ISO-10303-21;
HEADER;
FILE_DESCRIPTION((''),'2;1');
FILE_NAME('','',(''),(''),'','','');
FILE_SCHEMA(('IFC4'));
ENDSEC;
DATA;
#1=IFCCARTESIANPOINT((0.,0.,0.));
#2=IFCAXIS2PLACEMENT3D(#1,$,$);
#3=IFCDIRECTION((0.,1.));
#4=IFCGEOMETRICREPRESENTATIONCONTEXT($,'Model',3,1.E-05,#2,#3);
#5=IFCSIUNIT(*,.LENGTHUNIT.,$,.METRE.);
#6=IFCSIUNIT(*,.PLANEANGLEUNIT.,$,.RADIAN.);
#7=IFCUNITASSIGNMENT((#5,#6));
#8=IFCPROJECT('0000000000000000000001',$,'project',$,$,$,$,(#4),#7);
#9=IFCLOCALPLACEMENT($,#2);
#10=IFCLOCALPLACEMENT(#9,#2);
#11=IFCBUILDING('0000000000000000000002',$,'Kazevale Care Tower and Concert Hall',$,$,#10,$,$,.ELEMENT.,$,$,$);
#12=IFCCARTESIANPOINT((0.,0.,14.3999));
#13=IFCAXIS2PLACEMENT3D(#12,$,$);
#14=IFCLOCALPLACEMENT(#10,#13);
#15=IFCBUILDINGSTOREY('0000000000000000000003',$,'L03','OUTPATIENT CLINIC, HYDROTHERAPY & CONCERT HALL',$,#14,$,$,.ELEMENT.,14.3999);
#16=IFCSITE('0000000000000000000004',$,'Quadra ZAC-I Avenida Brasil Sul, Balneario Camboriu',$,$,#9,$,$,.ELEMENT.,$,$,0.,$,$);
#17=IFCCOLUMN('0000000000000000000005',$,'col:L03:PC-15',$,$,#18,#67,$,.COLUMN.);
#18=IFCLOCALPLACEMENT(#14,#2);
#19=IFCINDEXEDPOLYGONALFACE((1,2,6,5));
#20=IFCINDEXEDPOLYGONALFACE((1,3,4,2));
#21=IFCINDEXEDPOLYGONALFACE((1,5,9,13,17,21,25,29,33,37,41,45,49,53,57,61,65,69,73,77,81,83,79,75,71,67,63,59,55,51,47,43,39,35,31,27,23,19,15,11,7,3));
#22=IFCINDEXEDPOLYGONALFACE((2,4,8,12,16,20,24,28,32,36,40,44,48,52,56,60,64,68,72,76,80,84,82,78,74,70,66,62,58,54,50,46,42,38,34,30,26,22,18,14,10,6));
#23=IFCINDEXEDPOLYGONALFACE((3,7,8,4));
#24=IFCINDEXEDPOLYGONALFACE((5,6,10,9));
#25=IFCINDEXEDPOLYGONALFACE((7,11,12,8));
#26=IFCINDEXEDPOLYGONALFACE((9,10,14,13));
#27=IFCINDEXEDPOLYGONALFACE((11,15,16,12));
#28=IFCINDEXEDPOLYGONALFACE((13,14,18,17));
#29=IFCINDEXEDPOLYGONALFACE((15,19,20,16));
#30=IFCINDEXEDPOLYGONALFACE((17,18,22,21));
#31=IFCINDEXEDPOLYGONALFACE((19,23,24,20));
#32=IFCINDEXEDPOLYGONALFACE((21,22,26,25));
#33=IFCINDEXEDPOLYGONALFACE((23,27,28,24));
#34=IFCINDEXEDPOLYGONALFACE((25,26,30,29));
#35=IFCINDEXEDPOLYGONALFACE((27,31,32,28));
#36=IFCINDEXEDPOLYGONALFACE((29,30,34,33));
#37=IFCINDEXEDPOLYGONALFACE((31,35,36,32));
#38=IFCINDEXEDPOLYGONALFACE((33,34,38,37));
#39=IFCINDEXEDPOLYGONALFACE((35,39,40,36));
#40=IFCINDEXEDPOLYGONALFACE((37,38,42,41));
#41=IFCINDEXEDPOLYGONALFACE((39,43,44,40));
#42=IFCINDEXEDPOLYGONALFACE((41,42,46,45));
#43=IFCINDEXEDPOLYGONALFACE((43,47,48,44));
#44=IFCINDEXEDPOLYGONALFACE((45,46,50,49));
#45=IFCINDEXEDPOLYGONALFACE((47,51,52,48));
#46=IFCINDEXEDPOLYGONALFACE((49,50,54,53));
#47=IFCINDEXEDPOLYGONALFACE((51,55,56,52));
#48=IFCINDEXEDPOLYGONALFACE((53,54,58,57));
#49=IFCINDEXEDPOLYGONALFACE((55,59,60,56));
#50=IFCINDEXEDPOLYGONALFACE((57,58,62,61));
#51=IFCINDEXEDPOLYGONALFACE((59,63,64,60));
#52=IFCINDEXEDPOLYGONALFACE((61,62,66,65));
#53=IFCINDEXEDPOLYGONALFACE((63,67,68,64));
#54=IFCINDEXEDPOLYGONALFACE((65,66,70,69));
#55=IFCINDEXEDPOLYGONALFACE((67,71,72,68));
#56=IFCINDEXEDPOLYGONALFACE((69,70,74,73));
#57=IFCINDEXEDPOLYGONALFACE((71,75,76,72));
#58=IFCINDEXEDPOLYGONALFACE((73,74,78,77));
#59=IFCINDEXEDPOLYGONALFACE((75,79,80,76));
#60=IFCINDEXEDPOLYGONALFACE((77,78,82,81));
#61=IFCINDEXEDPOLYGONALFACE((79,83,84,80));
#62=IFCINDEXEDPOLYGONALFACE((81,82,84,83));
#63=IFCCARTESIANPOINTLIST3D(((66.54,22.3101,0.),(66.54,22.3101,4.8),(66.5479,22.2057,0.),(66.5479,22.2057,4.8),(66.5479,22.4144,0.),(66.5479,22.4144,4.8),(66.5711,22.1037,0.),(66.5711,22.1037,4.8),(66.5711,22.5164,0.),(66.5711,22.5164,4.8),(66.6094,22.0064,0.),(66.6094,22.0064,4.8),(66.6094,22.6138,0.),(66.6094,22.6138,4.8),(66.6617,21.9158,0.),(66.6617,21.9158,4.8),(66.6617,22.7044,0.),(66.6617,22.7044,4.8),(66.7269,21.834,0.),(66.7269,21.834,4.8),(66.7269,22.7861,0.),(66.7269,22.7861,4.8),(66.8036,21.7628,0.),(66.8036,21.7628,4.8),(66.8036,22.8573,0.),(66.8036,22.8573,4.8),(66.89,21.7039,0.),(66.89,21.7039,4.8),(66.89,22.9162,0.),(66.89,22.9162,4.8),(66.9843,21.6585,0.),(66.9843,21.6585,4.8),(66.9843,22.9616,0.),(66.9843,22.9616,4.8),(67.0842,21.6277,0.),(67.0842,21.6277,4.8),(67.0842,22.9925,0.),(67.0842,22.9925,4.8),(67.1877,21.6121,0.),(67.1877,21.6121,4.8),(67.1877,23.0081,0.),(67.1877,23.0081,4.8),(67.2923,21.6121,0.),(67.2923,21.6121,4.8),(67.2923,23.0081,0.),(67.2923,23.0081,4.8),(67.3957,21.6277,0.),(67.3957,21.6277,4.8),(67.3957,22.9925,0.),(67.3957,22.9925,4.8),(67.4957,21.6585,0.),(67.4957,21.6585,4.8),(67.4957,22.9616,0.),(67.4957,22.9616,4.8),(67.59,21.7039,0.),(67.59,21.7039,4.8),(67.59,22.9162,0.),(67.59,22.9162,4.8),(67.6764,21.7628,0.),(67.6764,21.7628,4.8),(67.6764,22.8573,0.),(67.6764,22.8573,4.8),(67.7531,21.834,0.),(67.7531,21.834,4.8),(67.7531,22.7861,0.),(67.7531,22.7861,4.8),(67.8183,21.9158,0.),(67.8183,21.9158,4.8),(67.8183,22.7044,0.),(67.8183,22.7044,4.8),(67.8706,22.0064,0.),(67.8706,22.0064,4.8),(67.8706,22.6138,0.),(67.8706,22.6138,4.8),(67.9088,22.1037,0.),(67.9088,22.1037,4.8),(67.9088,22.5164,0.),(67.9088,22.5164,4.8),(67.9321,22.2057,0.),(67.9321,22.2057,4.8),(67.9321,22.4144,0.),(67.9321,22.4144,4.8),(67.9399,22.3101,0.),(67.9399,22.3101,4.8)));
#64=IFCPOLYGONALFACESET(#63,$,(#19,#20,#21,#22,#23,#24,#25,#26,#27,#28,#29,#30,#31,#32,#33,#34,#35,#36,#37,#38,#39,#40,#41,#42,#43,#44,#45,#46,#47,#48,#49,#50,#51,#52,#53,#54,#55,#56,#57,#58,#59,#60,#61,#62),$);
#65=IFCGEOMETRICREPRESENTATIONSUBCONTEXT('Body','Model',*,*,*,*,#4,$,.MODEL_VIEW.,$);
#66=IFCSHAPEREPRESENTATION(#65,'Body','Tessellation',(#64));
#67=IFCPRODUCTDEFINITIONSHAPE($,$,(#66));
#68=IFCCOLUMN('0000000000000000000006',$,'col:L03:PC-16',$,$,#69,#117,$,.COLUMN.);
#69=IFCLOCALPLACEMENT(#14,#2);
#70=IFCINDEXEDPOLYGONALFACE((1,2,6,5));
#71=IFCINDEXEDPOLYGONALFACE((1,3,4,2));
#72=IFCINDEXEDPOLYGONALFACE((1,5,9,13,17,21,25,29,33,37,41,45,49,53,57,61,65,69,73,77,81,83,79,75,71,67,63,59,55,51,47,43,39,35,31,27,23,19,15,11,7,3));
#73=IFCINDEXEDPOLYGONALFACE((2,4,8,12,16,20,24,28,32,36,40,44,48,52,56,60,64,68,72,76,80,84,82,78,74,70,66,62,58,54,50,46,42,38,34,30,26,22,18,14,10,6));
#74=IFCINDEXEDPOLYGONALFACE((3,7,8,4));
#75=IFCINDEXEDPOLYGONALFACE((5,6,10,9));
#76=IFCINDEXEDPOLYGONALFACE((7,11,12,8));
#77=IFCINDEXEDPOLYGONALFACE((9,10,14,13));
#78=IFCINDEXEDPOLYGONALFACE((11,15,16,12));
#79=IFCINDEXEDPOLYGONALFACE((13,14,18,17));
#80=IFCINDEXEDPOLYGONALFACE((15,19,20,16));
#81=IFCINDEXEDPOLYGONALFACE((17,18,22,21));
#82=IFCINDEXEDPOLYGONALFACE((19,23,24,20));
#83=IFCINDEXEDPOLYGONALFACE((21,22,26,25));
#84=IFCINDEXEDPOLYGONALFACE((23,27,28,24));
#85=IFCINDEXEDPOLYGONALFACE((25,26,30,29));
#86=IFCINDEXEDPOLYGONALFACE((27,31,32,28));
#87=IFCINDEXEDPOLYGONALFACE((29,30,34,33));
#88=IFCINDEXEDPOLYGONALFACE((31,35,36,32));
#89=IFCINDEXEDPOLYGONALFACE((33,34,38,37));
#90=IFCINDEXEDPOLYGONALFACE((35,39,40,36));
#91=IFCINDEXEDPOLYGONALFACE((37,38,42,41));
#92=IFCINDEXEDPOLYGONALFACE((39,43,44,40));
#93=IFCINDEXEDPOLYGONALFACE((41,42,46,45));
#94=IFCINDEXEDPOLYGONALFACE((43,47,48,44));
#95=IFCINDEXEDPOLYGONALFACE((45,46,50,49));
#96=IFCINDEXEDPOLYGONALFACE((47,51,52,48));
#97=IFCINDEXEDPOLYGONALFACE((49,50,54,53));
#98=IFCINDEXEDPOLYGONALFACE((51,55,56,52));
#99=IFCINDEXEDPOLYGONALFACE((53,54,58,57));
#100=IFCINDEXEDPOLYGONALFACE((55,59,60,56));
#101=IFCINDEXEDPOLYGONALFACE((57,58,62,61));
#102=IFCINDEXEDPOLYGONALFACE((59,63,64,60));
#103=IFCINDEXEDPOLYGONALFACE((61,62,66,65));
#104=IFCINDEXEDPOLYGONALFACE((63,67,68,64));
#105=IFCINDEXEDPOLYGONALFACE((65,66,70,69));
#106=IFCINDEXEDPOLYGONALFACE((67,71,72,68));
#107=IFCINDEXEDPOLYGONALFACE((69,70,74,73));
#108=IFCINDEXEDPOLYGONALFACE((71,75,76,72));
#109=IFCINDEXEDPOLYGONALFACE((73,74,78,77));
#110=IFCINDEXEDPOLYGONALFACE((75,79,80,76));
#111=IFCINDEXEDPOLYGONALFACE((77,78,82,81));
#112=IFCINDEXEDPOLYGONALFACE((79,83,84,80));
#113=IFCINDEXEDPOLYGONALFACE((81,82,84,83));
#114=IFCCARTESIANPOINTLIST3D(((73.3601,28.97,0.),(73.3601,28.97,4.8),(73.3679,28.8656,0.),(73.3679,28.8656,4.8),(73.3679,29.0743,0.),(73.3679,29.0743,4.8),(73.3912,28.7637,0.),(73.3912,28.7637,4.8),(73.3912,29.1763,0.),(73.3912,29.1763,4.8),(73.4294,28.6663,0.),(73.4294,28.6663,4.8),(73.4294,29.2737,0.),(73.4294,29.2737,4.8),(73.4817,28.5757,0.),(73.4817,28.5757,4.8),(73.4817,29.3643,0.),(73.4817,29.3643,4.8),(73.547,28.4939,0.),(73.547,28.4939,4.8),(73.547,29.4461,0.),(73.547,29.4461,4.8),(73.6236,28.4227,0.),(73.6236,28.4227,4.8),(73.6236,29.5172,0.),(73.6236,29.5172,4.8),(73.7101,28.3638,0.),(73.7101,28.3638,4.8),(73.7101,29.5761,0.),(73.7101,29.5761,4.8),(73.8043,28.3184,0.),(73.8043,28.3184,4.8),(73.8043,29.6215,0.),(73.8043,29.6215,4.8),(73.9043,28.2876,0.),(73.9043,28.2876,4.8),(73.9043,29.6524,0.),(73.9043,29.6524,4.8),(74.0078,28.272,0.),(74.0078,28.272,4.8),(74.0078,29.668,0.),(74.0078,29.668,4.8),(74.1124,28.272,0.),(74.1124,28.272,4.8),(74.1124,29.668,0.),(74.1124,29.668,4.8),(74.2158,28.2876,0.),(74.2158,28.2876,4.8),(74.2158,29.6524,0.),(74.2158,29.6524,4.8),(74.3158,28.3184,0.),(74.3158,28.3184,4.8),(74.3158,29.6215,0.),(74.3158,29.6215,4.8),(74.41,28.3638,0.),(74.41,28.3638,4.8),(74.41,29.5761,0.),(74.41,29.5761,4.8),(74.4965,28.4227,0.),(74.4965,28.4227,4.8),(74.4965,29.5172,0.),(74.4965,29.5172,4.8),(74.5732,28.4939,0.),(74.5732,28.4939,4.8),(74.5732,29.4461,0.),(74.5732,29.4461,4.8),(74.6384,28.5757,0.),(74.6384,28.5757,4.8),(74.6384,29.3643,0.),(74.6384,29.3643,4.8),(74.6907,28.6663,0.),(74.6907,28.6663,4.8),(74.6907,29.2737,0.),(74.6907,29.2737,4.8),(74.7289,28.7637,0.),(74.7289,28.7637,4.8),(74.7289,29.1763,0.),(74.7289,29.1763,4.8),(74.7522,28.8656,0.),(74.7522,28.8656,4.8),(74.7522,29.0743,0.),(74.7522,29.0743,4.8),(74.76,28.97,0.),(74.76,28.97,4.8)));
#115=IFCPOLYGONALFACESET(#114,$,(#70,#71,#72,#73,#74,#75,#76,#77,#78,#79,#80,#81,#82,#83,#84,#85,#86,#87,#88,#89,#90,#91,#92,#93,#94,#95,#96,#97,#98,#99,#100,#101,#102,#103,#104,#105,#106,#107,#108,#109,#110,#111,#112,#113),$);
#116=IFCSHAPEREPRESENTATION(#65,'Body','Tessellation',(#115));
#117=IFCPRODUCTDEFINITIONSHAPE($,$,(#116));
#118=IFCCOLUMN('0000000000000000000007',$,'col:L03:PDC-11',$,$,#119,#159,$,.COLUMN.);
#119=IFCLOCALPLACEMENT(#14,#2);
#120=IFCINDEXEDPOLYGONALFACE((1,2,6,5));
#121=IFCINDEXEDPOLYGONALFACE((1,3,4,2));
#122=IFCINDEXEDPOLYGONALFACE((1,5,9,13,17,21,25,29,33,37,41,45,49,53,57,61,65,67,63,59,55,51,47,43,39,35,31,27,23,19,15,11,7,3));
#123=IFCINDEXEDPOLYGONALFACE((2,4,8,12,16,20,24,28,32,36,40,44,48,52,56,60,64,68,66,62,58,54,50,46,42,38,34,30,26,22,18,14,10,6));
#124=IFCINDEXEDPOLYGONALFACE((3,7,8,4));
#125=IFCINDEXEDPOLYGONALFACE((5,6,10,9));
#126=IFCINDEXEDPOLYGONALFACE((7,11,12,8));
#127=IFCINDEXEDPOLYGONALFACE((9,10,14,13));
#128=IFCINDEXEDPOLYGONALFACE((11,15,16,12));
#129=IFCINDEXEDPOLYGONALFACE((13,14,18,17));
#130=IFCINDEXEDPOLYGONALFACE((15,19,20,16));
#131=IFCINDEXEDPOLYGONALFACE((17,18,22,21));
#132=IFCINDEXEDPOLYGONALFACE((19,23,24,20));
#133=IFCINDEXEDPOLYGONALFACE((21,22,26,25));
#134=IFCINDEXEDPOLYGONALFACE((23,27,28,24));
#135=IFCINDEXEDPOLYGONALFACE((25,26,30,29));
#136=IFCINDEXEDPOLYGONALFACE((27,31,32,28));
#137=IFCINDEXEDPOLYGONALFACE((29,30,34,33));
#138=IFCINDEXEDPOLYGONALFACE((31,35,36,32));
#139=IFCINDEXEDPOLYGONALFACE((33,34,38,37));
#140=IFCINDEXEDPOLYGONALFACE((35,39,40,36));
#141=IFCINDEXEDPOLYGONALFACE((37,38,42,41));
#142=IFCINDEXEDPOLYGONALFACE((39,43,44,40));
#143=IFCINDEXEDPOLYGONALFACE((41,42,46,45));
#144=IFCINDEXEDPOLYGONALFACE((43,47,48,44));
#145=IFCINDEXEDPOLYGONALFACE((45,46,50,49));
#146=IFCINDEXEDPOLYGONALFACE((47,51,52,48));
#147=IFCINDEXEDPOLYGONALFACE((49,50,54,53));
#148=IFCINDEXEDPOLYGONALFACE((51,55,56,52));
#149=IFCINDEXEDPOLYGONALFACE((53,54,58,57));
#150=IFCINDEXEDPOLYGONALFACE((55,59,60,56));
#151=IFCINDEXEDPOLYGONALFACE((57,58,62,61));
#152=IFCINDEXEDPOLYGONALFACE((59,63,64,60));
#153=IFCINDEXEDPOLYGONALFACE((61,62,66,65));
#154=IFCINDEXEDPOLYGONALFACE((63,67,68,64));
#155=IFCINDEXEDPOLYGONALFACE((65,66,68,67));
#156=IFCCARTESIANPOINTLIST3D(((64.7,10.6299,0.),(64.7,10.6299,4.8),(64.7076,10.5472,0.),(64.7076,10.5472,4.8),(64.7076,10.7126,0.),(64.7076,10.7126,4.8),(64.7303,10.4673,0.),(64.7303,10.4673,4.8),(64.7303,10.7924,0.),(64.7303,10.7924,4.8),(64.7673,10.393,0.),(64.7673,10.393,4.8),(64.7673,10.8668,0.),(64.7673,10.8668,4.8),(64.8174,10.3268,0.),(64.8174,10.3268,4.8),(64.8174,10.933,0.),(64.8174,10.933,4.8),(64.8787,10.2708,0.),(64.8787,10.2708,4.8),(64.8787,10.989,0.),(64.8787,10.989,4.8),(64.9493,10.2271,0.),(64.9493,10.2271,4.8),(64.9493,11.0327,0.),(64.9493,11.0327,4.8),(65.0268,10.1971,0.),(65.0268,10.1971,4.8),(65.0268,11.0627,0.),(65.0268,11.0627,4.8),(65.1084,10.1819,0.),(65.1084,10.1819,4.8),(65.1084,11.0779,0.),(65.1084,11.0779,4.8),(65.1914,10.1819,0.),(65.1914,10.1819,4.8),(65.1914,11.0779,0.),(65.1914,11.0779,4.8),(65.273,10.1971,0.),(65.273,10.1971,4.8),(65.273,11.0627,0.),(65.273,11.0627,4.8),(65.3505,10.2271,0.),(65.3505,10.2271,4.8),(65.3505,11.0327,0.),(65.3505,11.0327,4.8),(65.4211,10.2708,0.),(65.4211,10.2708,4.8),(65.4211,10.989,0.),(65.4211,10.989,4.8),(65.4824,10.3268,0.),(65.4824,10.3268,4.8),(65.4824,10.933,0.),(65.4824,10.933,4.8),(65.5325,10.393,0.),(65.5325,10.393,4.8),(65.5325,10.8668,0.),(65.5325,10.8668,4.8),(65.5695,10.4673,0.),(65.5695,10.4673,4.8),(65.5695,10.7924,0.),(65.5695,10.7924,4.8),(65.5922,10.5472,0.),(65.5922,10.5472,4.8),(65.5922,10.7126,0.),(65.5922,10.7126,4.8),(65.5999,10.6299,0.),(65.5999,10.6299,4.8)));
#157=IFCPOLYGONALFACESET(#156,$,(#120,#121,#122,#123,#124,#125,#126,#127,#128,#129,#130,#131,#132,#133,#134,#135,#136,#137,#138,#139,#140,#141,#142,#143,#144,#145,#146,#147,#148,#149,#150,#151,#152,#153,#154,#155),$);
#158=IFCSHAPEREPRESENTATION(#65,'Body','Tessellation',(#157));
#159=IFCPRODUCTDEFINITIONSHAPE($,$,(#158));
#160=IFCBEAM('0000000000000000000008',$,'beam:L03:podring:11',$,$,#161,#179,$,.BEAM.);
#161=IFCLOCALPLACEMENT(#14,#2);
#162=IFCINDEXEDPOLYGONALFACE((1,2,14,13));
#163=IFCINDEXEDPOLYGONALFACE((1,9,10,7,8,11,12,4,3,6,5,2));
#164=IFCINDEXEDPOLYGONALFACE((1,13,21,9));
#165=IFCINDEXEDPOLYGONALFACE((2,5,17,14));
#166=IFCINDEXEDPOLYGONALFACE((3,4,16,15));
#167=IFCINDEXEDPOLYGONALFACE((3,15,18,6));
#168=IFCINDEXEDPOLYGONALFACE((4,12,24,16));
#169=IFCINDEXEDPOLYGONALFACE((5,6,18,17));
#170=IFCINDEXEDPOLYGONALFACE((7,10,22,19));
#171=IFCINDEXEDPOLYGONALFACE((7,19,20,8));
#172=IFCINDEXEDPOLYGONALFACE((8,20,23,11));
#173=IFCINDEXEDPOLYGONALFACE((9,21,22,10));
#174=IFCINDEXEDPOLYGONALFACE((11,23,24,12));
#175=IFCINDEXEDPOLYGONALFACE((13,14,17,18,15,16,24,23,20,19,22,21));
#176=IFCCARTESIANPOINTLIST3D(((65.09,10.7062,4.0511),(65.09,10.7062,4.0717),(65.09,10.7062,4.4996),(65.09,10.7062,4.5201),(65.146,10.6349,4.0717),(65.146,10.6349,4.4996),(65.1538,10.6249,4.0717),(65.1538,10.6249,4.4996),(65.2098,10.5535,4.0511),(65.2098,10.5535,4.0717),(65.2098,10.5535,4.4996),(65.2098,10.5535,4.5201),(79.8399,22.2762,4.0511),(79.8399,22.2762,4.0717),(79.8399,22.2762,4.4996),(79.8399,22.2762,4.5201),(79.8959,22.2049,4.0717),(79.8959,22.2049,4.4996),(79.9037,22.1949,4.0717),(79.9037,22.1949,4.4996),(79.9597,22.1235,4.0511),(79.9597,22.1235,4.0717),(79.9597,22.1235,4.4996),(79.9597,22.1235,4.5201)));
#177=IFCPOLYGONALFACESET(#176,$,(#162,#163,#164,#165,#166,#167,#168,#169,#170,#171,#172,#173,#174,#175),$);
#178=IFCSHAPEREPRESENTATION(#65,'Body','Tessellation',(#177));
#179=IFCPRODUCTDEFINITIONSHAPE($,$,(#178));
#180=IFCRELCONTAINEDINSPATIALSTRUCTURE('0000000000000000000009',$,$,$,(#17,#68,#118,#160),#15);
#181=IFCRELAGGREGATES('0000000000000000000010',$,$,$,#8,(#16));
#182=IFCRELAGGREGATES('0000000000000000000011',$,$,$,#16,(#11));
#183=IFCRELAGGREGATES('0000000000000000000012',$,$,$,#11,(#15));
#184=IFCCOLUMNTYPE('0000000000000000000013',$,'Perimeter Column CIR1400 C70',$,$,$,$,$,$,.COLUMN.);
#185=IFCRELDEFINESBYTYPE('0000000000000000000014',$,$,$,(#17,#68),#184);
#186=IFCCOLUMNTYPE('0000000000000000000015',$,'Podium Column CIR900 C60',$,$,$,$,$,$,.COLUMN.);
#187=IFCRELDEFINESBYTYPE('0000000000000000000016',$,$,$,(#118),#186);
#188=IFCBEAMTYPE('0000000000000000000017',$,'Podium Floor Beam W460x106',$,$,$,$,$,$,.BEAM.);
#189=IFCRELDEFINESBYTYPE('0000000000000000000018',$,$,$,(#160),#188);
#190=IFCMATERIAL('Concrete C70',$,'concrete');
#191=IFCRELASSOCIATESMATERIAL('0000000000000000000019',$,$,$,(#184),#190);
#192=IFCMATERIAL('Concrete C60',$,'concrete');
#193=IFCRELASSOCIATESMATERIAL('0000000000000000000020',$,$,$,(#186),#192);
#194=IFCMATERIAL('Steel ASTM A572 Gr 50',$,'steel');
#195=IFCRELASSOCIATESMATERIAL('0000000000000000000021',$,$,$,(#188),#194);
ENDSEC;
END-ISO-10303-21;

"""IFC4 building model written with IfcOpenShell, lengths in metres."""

from ifc_helpers import new_model, si_unit, direction, frame, origin, origin_2d, place, context, subcontext, project, spatial, circle, i_section, extrude, material, material_profile, profile_set, type_object, element, save


model = new_model("IFC4")

# Units and contexts
model_context = context("Model", 3, precision=1e-05, world=origin(), true_north=direction((0.0, 1.0)))
body_context = subcontext(model_context, "Body", "Model", "MODEL_VIEW")
ifc_project = project(units=[si_unit("LENGTHUNIT", "METRE"), si_unit("PLANEANGLEUNIT", "RADIAN")], contexts=[model_context])

# Site, building, storey
site_placement = place(None, origin())
site = spatial("IfcSite", under=ifc_project, at=site_placement, Name="Quadra ZAC-I Avenida Brasil Sul, Balneario Camboriu", CompositionType="ELEMENT", RefElevation=0.0)
building_placement = place(site_placement, origin())
building = spatial("IfcBuilding", under=site, at=building_placement, Name="Kazevale Care Tower and Concert Hall", CompositionType="ELEMENT")
storey_placement = place(building_placement, frame((0.0, 0.0, 14.3999)))
storey = spatial("IfcBuildingStorey", under=building, at=storey_placement, Name="L03", Description="OUTPATIENT CLINIC, HYDROTHERAPY & CONCERT HALL", CompositionType="ELEMENT", Elevation=14.3999)

# Columns
ifc_material_1 = material(Name="Concrete C70", Category="concrete")
ifc_material_profile_1 = material_profile(ifc_material_1, circle(Radius=0.7, at=origin_2d()), Name="RC-CIR1400")
ifc_profile_set_1 = profile_set([ifc_material_profile_1], Name="Concrete C70")
column_type_1 = type_object("IfcColumnType", Name="Perimeter Column CIR1400 C70", PredefinedType="COLUMN", material=ifc_profile_set_1)
for number, where, z_axis, x_axis, name in (
    (1, (67.24, 22.3101, 0.0), (0.0, 0.0, 1.0), (1.0, 0.0, 0.0), "col:L03:PC-15"),
    (2, (74.0601, 28.97, 0.0), (0.0, 0.0, 1.0), (1.0, 0.0, 0.0), "col:L03:PC-16"),
):
    element("IfcColumn", number, at=place(storey_placement, frame(where, z_axis=z_axis, x_axis=x_axis)), inside=storey, type_object=column_type_1, Name=name, PredefinedType="COLUMN", context=body_context, shape_type="SweptSolid", body=[
        extrude(circle(Radius=0.7, at=origin_2d()), origin(), (0.0, 0.0, 1.0), 4.8),
    ])
ifc_material_2 = material(Name="Concrete C60", Category="concrete")
ifc_material_profile_2 = material_profile(ifc_material_2, circle(Radius=0.45, at=origin_2d()), Name="RC-CIR900")
ifc_profile_set_2 = profile_set([ifc_material_profile_2], Name="Concrete C60")
column_type_2 = type_object("IfcColumnType", Name="Podium Column CIR900 C60", PredefinedType="COLUMN", material=ifc_profile_set_2)
column_placement = place(storey_placement, frame((65.1499, 10.6299, 0.0), z_axis=(0.0, 0.0, 1.0), x_axis=(1.0, 0.0, 0.0)))
element("IfcColumn", 3, at=column_placement, inside=storey, type_object=column_type_2, Name="col:L03:PDC-11", PredefinedType="COLUMN", context=body_context, shape_type="SweptSolid", body=[
    extrude(circle(Radius=0.45, at=origin_2d()), origin(), (0.0, 0.0, 1.0), 4.8),
])

# Beam
ifc_material_3 = material(Name="Steel ASTM A572 Gr 50", Category="steel")
ifc_material_profile_3 = material_profile(ifc_material_3, i_section(OverallWidth=0.1941, OverallDepth=0.469, WebThickness=0.0127, FlangeThickness=0.0205, at=origin_2d()), Name="W460x106")
ifc_profile_set_3 = profile_set([ifc_material_profile_3], Name="Steel ASTM A572 Gr 50")
beam_type_1 = type_object("IfcBeamType", Name="Podium Floor Beam W460x106", PredefinedType="BEAM", material=ifc_profile_set_3)
beam_1_placement = place(storey_placement, frame((65.1499, 10.6299, 4.2856), z_axis=(0.786816, 0.617188, 0.0), x_axis=(-0.617188, 0.786816, 0.0)))
element("IfcBeam", 4, at=beam_1_placement, inside=storey, type_object=beam_type_1, Name="beam:L03:podring:11", PredefinedType="BEAM", context=body_context, shape_type="SweptSolid", body=[
    extrude(i_section(OverallWidth=0.1941, OverallDepth=0.469, WebThickness=0.0127, FlangeThickness=0.0205, at=origin_2d()), origin(), (0.0, 0.0, 1.0), 18.7463),
])

save(model, "model.ifc")
